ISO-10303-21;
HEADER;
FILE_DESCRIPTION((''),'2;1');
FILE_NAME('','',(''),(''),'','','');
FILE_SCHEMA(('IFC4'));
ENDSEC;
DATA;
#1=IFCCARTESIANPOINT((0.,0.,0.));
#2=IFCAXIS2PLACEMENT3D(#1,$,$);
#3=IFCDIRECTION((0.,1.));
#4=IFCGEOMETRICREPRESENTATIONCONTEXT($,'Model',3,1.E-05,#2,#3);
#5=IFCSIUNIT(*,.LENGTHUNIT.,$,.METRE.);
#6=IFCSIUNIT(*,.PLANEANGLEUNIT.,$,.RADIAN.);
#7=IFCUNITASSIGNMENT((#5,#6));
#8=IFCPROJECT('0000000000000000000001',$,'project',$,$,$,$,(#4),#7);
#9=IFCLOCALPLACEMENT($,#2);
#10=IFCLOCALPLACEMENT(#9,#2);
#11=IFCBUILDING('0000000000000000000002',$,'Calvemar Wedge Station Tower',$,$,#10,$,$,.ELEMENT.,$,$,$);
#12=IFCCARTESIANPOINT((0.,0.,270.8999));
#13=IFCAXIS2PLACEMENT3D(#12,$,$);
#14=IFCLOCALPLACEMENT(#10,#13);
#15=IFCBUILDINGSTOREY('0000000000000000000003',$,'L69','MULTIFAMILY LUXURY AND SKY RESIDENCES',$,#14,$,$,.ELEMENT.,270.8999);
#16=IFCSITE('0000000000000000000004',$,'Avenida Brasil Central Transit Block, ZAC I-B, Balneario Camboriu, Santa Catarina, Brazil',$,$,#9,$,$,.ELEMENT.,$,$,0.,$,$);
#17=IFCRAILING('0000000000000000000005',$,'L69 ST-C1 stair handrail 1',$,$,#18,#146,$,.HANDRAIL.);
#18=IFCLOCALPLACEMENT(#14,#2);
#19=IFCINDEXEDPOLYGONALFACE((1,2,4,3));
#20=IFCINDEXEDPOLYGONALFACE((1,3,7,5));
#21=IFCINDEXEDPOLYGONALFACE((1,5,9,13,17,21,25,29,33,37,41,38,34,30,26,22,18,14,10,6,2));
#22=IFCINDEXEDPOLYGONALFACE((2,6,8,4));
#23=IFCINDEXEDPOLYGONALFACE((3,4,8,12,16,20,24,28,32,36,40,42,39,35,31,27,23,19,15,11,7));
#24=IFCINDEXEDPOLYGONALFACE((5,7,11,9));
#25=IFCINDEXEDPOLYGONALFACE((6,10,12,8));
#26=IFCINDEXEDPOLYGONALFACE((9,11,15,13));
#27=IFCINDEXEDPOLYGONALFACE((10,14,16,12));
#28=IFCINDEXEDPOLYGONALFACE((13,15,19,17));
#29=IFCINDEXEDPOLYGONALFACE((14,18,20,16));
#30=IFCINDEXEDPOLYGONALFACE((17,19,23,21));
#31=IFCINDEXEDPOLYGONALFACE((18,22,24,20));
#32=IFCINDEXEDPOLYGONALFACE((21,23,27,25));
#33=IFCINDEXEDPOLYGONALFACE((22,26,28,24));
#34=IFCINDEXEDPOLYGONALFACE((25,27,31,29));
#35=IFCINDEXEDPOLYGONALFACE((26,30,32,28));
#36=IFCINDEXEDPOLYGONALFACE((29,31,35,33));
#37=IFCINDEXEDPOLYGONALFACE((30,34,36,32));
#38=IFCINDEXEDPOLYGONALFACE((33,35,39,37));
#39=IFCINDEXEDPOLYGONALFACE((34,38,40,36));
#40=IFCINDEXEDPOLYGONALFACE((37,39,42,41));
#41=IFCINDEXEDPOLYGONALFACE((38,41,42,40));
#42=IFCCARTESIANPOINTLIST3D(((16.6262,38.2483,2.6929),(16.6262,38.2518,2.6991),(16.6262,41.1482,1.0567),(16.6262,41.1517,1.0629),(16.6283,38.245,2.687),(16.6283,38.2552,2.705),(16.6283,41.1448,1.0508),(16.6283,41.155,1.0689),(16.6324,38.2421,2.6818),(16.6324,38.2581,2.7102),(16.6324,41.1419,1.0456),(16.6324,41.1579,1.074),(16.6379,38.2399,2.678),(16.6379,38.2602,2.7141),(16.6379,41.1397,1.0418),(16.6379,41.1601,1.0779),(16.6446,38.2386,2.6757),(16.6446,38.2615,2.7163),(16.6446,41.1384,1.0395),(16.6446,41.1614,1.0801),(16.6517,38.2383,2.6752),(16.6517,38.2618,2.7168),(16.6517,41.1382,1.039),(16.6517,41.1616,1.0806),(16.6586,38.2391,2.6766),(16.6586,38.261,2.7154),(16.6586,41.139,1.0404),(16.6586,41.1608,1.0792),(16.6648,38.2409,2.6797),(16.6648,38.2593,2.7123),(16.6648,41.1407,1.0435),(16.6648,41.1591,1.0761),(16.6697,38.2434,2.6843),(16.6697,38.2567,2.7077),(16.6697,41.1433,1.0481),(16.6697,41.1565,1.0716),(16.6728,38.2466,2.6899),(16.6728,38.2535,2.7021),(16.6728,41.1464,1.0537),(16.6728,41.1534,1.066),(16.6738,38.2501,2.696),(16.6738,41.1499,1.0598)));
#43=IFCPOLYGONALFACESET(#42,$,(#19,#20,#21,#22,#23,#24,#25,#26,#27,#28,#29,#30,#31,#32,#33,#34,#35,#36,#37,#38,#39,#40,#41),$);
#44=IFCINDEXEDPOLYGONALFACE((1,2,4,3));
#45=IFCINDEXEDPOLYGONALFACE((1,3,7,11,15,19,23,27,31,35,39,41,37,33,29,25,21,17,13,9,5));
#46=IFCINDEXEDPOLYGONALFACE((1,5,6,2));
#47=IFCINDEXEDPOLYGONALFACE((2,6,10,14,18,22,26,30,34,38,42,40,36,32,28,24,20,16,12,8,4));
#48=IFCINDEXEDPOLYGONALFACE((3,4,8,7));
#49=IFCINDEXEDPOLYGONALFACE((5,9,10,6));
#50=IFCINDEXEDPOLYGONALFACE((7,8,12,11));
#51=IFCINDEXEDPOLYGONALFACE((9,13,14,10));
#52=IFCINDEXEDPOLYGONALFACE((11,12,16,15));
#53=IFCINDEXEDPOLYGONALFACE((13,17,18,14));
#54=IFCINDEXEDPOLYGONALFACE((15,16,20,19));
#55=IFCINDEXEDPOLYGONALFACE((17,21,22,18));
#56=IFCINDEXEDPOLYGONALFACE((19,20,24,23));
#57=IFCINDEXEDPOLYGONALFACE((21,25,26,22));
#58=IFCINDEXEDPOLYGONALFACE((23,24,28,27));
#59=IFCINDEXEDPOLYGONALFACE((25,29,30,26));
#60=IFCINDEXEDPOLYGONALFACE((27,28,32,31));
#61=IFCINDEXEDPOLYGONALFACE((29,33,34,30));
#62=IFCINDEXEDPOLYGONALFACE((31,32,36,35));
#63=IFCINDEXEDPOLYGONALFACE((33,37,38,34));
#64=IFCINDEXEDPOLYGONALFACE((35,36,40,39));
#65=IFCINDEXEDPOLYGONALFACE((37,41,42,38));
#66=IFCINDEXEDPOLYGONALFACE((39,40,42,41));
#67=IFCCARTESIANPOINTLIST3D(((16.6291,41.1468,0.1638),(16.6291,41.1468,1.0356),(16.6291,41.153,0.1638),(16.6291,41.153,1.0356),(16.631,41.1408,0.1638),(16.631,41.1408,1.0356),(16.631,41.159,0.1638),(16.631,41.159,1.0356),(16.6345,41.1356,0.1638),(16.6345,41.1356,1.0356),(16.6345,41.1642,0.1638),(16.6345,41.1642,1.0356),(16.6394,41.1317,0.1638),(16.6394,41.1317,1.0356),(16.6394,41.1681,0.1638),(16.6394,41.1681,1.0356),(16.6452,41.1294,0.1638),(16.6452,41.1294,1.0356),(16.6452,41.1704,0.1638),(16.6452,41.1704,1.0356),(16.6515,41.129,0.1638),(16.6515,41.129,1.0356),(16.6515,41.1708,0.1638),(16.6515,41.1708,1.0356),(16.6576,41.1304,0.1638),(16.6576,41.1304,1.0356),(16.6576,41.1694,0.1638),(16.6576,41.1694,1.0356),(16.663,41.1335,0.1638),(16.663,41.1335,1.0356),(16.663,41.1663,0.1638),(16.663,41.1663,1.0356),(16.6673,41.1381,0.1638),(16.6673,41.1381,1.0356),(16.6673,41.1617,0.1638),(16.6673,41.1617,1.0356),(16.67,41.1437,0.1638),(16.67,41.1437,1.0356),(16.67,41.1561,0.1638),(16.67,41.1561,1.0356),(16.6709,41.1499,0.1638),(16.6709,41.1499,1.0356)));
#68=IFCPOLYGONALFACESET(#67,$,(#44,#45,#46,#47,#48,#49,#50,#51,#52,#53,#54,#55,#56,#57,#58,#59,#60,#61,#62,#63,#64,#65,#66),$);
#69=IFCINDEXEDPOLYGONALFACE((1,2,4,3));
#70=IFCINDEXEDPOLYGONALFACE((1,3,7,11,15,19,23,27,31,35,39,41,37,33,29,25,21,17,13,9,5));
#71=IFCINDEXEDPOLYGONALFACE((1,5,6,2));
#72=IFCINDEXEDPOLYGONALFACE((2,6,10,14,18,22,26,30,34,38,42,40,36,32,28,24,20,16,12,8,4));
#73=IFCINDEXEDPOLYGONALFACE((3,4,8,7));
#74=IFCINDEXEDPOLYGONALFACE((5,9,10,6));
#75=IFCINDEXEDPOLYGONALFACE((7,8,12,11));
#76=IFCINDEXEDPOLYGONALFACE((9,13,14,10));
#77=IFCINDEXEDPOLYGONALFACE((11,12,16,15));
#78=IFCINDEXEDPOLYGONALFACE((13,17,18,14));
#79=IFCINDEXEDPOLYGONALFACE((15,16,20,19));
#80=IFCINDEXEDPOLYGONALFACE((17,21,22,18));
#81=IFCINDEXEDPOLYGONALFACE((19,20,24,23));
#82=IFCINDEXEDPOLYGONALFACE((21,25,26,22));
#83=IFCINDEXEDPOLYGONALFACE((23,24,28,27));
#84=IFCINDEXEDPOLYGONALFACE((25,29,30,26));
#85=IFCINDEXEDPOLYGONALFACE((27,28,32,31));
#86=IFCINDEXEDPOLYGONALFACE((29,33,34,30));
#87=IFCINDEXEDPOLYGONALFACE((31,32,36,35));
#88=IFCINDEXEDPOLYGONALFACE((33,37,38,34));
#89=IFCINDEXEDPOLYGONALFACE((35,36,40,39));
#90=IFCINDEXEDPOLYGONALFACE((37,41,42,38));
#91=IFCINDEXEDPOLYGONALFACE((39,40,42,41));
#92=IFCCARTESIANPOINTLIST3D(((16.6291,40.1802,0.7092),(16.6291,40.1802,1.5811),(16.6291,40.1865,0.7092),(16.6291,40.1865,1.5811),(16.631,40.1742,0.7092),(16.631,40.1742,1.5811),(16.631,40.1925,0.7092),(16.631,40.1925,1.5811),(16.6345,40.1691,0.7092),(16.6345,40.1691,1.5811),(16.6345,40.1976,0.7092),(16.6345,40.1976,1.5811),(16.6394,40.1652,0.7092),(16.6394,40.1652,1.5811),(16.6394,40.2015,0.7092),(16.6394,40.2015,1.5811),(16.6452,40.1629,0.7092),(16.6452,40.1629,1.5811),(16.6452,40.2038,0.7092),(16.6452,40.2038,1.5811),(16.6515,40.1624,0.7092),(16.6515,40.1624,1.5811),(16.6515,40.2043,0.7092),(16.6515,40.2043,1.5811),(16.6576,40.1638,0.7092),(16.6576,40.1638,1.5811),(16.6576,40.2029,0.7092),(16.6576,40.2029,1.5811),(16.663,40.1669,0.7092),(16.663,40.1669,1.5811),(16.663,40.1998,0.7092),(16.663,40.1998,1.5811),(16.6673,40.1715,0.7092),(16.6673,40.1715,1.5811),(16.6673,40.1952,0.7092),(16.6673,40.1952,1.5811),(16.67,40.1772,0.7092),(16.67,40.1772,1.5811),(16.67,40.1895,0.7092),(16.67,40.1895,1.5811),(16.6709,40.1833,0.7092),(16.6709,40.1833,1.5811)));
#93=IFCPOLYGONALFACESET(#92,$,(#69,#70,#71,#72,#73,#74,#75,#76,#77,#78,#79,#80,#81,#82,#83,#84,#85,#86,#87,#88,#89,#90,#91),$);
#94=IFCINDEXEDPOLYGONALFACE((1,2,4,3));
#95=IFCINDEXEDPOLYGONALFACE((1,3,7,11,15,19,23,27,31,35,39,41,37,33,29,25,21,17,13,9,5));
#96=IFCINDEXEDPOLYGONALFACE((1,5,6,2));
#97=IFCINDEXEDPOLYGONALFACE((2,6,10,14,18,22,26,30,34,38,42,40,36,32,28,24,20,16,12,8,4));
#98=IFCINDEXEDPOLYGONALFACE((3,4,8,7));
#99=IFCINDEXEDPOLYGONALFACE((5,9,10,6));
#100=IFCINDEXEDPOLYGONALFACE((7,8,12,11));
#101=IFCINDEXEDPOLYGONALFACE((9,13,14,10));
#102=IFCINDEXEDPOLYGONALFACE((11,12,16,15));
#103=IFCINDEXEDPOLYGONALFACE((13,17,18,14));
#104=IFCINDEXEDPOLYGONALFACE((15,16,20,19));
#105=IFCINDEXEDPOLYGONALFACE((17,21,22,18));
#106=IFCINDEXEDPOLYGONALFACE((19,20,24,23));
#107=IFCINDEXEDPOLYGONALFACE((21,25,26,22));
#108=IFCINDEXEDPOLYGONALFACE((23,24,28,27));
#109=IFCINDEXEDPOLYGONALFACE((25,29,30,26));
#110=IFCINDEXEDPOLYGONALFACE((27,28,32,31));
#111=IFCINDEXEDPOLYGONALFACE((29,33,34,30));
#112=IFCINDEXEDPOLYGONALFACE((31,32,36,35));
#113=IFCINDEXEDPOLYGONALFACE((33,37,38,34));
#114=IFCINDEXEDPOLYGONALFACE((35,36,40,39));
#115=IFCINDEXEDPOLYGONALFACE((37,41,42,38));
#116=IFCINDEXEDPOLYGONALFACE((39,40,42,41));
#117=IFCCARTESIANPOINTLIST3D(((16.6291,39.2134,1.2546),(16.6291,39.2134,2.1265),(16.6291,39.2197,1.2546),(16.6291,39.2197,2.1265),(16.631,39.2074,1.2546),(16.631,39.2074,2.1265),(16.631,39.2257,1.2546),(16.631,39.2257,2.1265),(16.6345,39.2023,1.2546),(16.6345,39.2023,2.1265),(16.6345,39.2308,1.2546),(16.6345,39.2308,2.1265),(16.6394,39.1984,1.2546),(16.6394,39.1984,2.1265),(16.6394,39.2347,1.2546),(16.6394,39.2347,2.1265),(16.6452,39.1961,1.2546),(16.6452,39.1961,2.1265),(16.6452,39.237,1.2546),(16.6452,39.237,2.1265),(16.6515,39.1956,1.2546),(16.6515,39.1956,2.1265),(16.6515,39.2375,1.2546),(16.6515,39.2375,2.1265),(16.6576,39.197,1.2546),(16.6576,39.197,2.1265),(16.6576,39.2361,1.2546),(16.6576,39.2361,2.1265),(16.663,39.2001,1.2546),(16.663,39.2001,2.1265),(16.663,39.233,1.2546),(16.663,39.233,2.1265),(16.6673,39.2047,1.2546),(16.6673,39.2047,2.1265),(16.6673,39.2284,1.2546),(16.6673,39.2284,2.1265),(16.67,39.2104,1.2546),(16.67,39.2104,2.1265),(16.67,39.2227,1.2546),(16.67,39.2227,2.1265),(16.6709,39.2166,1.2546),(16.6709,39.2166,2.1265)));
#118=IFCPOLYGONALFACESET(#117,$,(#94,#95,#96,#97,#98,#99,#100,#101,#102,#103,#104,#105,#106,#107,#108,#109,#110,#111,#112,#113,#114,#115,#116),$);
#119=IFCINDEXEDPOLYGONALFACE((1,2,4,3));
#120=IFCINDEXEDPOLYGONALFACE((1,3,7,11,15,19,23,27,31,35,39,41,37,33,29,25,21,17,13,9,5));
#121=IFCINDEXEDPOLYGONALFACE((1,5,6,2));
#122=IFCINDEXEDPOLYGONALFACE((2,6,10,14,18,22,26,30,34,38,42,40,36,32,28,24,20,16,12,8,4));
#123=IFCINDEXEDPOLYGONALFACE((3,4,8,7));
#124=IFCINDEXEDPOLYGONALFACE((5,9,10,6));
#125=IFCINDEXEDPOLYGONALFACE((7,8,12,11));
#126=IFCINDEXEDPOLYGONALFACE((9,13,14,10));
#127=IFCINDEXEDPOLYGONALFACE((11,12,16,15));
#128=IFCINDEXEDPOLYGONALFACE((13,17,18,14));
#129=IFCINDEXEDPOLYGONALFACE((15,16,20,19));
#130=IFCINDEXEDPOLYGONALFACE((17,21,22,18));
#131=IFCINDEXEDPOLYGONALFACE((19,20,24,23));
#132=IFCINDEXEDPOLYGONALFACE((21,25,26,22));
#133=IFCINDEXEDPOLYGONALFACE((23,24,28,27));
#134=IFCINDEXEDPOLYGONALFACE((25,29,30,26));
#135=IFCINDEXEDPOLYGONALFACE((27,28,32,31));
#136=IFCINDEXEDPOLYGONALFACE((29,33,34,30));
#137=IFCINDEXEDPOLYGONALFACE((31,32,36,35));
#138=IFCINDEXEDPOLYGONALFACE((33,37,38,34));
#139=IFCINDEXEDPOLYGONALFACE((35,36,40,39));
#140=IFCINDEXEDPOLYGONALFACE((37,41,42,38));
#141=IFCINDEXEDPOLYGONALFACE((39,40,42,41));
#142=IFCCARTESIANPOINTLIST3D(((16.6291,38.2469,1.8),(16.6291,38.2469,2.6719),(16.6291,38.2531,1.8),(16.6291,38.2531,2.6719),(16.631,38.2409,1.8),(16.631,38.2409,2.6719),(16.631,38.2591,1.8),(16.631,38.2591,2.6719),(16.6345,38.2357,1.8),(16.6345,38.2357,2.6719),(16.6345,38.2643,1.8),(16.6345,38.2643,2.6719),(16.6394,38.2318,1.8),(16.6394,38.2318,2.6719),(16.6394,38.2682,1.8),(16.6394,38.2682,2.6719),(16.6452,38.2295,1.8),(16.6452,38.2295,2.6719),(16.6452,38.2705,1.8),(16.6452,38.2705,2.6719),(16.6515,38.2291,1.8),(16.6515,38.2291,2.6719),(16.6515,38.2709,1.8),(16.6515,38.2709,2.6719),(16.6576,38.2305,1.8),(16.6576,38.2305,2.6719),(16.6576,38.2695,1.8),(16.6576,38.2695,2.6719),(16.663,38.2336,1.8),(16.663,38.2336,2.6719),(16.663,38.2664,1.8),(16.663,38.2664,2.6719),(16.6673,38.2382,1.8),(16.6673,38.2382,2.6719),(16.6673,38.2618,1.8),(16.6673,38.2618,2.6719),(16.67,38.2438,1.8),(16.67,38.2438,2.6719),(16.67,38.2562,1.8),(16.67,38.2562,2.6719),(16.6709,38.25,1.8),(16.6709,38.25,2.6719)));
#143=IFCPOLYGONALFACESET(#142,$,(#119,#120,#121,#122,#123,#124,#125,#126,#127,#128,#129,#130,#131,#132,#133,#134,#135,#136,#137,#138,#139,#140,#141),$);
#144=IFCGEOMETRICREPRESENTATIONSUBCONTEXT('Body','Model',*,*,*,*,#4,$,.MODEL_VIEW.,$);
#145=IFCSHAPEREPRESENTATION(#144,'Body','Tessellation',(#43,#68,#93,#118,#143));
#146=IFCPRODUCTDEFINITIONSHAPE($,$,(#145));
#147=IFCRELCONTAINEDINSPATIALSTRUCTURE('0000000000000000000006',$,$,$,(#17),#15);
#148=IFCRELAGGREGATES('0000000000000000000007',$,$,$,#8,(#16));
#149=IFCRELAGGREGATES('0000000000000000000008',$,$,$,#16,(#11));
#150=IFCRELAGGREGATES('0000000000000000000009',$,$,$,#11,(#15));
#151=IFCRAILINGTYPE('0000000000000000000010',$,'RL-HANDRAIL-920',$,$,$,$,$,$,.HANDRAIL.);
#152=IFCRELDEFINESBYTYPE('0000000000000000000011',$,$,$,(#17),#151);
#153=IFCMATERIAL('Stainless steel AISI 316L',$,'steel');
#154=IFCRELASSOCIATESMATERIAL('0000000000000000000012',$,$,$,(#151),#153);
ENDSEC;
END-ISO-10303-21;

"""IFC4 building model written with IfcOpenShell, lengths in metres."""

from ifc_helpers import new_model, si_unit, direction, frame, origin, origin_2d, place, context, subcontext, project, spatial, circle, extrude, material, type_object, element, save


model = new_model("IFC4")

# Units and contexts
model_context = context("Model", 3, precision=1e-05, world=origin(), true_north=direction((0.0, 1.0)))
body_context = subcontext(model_context, "Body", "Model", "MODEL_VIEW")
ifc_project = project(units=[si_unit("LENGTHUNIT", "METRE"), si_unit("PLANEANGLEUNIT", "RADIAN")], contexts=[model_context])

# Site, building, storey
site_placement = place(None, origin())
site = spatial("IfcSite", under=ifc_project, at=site_placement, Name="Avenida Brasil Central Transit Block, ZAC I-B, Balneario Camboriu, Santa Catarina, Brazil", CompositionType="ELEMENT", RefElevation=0.0)
building_placement = place(site_placement, origin())
building = spatial("IfcBuilding", under=site, at=building_placement, Name="Calvemar Wedge Station Tower", CompositionType="ELEMENT")
storey_placement = place(building_placement, frame((0.0, 0.0, 270.8999)))
storey = spatial("IfcBuildingStorey", under=building, at=storey_placement, Name="L69", Description="MULTIFAMILY LUXURY AND SKY RESIDENCES", CompositionType="ELEMENT", Elevation=270.8999)

# Railing
ifc_material_1 = material(Name="Stainless steel AISI 316L", Category="steel")
railing_type_1 = type_object("IfcRailingType", Name="RL-HANDRAIL-920", PredefinedType="HANDRAIL", material=ifc_material_1)
railing_1_placement = place(storey_placement, frame((16.6499, 41.1499, 0.1638)))
element("IfcRailing", 1, at=railing_1_placement, inside=storey, type_object=railing_type_1, Name="L69 ST-C1 stair handrail 1", PredefinedType="HANDRAIL", context=body_context, shape_type="SweptSolid", body=[
    extrude(circle(Radius=0.0239, at=origin_2d()), frame((0.0, 0.0, 0.896), z_axis=(0.0, -0.870929, 0.49141), x_axis=(1.0, 0.0, 0.0)), (0.0, 0.0, 1.0), 3.3296),
    extrude(circle(Radius=0.021, at=origin_2d()), origin(), (0.0, 0.0, 1.0), 0.8718),
    extrude(circle(Radius=0.021, at=origin_2d()), frame((0.0, -0.9666, 0.5454)), (0.0, 0.0, 1.0), 0.8718),
    extrude(circle(Radius=0.021, at=origin_2d()), frame((0.0, -1.9333, 1.0908)), (0.0, 0.0, 1.0), 0.8718),
    extrude(circle(Radius=0.021, at=origin_2d()), frame((0.0, -2.8999, 1.6362)), (0.0, 0.0, 1.0), 0.8718),
])

save(model, "model.ifc")
